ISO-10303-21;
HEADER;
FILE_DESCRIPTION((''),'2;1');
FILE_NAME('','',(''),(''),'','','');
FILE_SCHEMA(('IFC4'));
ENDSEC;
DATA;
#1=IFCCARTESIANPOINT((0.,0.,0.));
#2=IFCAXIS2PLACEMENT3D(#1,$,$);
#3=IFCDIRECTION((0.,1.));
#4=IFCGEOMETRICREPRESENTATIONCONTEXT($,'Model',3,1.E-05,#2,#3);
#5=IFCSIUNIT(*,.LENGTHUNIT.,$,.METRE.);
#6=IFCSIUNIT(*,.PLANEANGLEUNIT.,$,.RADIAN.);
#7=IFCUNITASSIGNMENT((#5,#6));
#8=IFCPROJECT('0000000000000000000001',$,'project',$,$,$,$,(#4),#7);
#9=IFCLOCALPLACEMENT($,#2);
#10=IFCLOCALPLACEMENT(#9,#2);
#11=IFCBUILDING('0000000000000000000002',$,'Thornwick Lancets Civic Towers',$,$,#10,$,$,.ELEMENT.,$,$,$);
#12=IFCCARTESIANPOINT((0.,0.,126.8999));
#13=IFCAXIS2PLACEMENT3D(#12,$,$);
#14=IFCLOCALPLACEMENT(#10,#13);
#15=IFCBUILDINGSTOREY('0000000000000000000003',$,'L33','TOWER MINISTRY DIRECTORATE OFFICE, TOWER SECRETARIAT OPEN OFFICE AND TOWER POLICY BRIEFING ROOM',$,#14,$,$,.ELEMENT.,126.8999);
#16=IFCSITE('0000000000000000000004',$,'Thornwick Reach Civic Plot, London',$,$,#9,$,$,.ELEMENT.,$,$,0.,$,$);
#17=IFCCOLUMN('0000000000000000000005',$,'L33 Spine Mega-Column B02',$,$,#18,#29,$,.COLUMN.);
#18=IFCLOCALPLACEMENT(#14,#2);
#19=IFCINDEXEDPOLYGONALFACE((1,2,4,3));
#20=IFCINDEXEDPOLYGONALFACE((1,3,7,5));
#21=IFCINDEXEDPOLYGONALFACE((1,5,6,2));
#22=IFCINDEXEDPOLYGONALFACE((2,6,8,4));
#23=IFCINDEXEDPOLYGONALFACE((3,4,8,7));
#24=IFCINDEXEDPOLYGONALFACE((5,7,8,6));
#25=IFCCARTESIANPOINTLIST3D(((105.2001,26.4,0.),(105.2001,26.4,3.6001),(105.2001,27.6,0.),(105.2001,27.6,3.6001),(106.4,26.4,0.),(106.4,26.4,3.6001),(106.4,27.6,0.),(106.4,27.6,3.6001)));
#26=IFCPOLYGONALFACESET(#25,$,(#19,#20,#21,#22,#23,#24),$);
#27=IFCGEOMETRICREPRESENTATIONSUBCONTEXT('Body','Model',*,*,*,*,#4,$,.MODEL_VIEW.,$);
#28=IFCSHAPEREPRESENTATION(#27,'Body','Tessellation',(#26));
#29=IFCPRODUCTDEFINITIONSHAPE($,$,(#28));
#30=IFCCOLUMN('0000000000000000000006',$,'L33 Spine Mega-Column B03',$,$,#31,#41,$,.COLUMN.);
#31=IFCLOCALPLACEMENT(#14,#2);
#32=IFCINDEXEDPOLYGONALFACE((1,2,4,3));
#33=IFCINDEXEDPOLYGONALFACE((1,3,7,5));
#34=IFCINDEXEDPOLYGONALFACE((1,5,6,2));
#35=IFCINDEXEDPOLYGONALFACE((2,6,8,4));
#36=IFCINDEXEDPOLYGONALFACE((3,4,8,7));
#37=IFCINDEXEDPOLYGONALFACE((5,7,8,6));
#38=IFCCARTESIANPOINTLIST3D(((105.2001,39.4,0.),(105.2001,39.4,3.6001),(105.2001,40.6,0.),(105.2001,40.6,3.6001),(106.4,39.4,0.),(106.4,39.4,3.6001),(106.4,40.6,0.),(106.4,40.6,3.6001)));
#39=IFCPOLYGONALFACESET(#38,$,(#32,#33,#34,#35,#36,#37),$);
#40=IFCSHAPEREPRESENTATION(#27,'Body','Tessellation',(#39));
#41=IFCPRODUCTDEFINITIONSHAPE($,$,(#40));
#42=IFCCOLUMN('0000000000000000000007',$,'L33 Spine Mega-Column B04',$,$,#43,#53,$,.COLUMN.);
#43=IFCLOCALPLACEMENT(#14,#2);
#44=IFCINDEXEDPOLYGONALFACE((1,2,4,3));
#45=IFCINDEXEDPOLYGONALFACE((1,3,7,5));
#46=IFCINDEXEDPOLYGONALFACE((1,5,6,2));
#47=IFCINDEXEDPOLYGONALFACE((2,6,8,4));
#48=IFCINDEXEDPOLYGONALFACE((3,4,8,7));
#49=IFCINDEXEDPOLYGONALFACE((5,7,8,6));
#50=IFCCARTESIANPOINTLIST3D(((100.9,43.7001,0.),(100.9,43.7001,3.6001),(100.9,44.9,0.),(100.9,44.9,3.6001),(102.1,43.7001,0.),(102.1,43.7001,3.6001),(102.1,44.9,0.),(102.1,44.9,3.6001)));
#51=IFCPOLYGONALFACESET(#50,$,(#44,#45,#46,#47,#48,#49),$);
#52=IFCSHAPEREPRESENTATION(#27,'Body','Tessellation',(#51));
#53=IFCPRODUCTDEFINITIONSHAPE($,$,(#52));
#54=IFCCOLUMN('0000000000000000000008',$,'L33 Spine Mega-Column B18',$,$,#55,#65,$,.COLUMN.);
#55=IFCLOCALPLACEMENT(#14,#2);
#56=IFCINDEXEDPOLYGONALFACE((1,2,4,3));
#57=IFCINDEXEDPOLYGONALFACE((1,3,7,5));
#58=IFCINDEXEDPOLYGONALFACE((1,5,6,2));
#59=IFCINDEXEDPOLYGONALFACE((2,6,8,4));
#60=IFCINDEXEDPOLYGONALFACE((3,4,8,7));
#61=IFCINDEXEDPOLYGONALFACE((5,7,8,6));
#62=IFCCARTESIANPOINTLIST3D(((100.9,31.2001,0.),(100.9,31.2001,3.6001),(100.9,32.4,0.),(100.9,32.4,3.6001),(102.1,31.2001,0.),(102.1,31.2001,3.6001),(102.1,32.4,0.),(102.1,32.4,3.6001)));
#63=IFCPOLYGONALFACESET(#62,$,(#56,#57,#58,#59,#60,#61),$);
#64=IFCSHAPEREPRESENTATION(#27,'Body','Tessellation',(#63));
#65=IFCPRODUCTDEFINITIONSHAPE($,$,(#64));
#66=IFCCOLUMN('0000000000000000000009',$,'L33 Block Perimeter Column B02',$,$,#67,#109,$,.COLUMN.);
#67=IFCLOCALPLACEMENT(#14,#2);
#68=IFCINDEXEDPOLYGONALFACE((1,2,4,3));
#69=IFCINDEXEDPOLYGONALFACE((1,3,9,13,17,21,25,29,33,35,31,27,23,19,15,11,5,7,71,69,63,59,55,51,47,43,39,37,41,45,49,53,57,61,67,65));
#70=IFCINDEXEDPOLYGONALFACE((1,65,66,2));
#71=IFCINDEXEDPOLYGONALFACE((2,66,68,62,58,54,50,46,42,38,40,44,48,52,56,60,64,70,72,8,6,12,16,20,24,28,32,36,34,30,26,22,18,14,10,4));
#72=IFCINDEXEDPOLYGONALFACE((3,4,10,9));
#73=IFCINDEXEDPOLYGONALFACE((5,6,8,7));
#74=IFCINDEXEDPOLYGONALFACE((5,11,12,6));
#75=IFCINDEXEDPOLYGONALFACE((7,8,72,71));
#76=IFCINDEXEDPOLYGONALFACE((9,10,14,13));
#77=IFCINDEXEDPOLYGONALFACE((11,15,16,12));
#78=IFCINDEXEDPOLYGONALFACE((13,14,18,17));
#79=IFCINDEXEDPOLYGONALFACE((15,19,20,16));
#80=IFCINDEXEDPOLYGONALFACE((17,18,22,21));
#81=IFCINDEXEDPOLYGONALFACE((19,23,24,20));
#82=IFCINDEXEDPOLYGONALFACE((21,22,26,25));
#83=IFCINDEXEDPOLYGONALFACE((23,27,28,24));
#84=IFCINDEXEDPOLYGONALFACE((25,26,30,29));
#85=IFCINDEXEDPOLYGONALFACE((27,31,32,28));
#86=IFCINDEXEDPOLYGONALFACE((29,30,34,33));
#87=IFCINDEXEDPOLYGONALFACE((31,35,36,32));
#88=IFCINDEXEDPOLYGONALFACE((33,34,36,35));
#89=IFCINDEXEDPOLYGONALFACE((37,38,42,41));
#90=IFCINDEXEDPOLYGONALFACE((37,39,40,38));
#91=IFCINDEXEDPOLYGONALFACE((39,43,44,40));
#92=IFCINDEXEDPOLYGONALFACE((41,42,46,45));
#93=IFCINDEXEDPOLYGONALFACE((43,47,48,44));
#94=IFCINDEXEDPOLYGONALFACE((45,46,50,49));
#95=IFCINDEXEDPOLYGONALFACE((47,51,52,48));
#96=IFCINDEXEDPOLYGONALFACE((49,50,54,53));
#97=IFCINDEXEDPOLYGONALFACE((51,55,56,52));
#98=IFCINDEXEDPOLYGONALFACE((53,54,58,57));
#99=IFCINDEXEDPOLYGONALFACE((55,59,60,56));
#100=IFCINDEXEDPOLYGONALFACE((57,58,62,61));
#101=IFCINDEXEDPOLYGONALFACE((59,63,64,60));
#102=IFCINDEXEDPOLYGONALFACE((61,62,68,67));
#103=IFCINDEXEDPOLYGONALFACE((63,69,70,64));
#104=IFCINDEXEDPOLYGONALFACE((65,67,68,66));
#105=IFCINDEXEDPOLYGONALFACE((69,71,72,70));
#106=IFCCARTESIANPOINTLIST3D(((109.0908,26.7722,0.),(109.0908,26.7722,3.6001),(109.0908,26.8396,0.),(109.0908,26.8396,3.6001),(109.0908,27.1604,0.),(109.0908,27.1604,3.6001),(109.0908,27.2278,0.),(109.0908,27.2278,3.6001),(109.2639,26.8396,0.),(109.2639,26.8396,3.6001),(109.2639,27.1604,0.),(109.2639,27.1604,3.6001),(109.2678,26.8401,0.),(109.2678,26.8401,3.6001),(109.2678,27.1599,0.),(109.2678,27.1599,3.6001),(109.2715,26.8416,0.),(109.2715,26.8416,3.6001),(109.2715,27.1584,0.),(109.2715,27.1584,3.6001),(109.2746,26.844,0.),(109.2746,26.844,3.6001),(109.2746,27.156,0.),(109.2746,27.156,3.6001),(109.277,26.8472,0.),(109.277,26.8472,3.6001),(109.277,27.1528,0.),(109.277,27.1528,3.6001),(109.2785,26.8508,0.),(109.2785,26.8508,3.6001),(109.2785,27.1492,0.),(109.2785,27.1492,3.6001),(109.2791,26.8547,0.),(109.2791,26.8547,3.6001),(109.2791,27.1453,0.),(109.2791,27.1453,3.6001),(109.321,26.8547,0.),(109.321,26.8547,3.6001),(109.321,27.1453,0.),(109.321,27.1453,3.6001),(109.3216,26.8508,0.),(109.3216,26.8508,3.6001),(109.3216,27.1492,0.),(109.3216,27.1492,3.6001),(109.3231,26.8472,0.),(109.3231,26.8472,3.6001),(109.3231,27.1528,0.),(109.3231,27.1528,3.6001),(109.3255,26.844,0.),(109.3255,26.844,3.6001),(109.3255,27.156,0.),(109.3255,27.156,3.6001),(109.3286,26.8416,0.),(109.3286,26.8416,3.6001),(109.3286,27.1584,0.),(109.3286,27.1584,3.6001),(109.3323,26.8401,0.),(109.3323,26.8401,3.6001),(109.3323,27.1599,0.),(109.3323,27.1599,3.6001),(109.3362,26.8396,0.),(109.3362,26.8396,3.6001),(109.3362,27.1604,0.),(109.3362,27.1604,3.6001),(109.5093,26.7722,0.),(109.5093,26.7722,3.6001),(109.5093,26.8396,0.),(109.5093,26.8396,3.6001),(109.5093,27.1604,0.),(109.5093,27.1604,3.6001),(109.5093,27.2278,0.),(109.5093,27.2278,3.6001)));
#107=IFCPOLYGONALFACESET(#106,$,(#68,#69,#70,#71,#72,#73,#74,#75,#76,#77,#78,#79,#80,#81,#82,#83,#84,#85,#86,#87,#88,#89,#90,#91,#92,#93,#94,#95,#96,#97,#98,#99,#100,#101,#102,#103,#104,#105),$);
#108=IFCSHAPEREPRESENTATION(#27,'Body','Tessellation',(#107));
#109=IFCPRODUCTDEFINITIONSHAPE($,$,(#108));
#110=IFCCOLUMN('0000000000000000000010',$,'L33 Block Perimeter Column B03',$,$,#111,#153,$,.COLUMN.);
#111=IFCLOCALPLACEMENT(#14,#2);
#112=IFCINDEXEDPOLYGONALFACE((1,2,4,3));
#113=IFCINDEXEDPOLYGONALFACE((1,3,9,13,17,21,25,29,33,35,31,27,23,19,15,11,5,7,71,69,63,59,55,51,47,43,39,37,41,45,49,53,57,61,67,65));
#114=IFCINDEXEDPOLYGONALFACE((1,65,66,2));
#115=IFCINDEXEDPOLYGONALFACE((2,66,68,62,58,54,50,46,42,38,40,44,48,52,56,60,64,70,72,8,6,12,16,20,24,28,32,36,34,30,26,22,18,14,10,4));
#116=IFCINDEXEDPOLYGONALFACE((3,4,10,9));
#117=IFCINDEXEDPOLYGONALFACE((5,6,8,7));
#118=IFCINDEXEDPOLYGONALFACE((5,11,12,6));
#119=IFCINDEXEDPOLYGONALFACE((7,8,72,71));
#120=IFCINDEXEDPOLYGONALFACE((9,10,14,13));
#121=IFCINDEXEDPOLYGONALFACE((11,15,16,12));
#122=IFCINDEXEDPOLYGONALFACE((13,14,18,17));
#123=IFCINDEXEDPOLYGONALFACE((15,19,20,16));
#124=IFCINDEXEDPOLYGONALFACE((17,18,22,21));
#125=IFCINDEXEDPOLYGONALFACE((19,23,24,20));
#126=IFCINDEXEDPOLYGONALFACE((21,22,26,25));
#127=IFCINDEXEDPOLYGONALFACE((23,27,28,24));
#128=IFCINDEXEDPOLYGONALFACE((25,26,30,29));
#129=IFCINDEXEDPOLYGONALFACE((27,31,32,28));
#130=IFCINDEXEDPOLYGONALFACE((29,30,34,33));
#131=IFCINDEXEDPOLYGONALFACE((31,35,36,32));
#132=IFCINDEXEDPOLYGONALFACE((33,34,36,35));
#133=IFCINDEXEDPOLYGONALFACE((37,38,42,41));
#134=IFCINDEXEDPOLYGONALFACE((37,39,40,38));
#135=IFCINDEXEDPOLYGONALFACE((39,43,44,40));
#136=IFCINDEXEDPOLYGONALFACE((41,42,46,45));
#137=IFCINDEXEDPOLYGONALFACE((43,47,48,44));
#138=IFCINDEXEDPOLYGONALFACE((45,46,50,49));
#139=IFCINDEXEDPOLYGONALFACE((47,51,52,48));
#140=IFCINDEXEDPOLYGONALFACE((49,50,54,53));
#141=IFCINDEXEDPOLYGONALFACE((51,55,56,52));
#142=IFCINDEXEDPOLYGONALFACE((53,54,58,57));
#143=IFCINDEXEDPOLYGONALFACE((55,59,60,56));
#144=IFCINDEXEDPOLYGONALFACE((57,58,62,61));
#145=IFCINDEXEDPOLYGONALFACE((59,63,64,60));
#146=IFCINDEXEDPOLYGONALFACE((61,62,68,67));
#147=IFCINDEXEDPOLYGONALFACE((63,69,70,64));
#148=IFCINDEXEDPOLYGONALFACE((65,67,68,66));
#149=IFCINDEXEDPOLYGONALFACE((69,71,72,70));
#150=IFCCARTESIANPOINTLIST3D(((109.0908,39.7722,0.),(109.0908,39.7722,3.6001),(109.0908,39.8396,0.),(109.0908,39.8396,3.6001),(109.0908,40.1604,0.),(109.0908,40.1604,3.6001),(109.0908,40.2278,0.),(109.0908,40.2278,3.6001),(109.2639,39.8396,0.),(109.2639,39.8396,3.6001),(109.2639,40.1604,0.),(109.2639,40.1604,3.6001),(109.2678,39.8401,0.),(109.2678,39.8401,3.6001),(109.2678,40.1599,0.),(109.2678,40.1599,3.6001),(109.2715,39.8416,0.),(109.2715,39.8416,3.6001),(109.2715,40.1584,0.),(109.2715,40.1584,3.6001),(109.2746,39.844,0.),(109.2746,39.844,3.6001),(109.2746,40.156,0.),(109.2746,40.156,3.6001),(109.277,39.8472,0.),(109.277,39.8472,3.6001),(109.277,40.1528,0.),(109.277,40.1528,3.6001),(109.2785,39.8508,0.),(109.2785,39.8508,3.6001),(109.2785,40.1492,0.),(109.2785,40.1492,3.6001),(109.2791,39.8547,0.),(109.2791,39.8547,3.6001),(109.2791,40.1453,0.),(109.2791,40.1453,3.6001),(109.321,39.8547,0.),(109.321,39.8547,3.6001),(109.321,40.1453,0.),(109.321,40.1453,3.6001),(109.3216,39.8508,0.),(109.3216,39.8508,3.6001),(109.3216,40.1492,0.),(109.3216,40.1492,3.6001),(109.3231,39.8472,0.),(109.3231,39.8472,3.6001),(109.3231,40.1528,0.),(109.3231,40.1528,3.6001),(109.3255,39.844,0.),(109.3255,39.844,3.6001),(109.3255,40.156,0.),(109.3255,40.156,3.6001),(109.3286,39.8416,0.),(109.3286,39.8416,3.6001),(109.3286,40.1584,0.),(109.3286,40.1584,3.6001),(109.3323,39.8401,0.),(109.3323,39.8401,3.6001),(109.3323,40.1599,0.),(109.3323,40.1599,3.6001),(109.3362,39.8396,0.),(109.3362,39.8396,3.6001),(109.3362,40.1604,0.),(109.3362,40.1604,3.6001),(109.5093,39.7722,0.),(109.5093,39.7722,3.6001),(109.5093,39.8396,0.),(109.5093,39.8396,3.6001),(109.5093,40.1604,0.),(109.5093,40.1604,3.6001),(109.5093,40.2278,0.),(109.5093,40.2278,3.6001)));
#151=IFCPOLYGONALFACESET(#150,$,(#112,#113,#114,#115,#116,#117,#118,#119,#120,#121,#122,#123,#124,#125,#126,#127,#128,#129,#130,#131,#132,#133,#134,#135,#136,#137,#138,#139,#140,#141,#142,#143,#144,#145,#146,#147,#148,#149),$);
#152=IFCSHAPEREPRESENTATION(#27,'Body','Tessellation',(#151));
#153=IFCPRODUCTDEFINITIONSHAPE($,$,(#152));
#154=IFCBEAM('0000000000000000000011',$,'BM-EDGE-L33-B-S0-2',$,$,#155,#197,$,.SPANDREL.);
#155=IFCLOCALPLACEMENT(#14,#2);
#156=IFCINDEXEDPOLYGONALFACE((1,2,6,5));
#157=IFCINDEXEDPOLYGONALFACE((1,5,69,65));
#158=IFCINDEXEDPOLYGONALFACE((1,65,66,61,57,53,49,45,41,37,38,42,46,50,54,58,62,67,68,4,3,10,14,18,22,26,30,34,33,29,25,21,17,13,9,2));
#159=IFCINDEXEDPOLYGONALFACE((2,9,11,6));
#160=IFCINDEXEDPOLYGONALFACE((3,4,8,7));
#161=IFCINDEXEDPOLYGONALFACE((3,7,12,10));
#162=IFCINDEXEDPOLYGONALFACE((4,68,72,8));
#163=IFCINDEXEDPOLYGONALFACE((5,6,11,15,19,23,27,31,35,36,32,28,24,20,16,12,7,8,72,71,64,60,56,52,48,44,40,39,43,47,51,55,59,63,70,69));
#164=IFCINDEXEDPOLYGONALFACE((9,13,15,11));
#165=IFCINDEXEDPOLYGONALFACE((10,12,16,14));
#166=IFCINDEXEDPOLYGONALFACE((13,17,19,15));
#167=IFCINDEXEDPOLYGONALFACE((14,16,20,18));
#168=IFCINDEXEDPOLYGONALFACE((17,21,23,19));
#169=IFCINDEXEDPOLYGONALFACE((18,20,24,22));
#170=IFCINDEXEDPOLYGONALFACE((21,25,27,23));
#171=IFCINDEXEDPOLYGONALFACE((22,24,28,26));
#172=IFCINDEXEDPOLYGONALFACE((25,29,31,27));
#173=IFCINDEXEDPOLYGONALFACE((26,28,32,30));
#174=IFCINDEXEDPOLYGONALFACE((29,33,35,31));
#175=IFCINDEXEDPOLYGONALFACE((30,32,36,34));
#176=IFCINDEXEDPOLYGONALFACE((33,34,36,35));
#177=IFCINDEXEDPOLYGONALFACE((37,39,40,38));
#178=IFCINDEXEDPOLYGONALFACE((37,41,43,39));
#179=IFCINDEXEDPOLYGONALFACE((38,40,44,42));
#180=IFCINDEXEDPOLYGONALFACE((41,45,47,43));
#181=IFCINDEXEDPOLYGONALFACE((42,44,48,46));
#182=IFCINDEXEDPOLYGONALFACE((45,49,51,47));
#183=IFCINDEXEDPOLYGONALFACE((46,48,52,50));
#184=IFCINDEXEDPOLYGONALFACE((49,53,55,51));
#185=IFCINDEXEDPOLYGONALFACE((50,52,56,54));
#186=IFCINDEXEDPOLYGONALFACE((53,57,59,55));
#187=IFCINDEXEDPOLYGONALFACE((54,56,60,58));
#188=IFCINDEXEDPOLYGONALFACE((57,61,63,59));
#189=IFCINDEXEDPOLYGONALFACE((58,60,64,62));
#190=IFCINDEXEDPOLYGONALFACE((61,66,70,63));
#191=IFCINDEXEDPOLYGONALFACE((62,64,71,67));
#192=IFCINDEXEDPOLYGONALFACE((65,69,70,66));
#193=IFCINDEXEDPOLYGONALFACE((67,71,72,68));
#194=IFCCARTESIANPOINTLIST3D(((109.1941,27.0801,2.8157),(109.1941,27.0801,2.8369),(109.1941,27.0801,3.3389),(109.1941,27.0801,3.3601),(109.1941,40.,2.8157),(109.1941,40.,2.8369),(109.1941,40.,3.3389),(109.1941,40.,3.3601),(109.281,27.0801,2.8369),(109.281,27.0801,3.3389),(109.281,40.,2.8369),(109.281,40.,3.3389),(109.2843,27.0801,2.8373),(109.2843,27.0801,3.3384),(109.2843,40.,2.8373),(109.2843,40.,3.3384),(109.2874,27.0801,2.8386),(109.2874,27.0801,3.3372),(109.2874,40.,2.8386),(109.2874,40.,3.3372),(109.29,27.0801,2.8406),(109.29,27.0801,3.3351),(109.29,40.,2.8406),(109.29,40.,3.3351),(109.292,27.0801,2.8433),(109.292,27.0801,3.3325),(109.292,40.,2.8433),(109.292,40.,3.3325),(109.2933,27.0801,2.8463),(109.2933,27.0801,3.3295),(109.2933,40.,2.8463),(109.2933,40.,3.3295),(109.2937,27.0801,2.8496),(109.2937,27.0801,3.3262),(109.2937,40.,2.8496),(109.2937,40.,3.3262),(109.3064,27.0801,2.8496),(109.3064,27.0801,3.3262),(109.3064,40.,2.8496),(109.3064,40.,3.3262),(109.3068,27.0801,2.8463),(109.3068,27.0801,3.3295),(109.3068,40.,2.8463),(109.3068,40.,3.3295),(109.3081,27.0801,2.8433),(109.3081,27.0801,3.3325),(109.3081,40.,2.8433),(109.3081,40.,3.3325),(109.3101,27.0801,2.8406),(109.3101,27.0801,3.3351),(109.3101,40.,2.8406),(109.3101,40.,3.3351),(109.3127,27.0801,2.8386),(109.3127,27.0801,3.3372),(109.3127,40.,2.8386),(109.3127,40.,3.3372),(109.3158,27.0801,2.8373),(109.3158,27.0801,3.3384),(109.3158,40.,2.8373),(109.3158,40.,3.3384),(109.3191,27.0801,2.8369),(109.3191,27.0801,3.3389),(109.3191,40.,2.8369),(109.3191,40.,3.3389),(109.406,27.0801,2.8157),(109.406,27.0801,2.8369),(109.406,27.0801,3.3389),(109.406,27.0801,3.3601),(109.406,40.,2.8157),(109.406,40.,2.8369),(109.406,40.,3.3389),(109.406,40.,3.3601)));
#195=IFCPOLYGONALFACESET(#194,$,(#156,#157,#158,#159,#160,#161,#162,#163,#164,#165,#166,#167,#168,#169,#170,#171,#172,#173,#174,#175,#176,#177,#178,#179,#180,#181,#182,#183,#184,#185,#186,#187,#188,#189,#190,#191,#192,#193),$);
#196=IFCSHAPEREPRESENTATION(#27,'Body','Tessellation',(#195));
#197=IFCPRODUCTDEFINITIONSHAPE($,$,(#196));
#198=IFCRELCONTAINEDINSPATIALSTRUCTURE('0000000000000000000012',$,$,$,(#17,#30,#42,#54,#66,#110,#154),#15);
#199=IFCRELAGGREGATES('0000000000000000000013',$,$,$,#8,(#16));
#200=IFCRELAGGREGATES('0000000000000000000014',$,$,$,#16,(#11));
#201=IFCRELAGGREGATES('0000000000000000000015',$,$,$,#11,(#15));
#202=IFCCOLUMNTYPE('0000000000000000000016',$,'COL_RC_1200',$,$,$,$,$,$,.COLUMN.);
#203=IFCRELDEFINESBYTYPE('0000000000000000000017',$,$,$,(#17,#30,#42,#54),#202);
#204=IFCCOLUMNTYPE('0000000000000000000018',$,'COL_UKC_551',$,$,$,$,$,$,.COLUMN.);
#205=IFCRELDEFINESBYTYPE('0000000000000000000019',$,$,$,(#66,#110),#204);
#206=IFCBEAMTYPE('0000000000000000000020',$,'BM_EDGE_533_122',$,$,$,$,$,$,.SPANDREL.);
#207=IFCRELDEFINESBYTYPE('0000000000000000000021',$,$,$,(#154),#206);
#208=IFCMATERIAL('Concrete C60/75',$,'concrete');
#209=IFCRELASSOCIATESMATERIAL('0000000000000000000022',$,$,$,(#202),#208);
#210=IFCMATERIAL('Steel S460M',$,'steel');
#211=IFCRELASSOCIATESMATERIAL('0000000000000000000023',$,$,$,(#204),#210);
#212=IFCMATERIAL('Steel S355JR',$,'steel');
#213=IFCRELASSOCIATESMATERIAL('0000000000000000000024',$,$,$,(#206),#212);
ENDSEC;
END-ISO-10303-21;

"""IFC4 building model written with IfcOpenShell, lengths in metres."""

from ifc_helpers import new_model, si_unit, direction, frame, origin, origin_2d, place, context, subcontext, project, spatial, rectangle, i_section, extrude, material, material_profile, profile_set, type_object, element, save


model = new_model("IFC4")

# Units and contexts
model_context = context("Model", 3, precision=1e-05, world=origin(), true_north=direction((0.0, 1.0)))
body_context = subcontext(model_context, "Body", "Model", "MODEL_VIEW")
ifc_project = project(units=[si_unit("LENGTHUNIT", "METRE"), si_unit("PLANEANGLEUNIT", "RADIAN")], contexts=[model_context])

# Site, building, storey
site_placement = place(None, origin())
site = spatial("IfcSite", under=ifc_project, at=site_placement, Name="Thornwick Reach Civic Plot, London", CompositionType="ELEMENT", RefElevation=0.0)
building_placement = place(site_placement, origin())
building = spatial("IfcBuilding", under=site, at=building_placement, Name="Thornwick Lancets Civic Towers", CompositionType="ELEMENT")
storey_placement = place(building_placement, frame((0.0, 0.0, 126.8999)))
storey = spatial("IfcBuildingStorey", under=building, at=storey_placement, Name="L33", Description="TOWER MINISTRY DIRECTORATE OFFICE, TOWER SECRETARIAT OPEN OFFICE AND TOWER POLICY BRIEFING ROOM", CompositionType="ELEMENT", Elevation=126.8999)

# Columns
ifc_material_1 = material(Name="Concrete C60/75", Category="concrete")
ifc_material_profile_1 = material_profile(ifc_material_1, rectangle(XDim=1.2, YDim=1.2, at=origin_2d()), Name="RC 1200x1200")
ifc_profile_set_1 = profile_set([ifc_material_profile_1], Name="Concrete C60/75")
column_type_1 = type_object("IfcColumnType", Name="COL_RC_1200", PredefinedType="COLUMN", material=ifc_profile_set_1)
for number, where, z_axis, x_axis, name in (
    (1, (105.8, 27.0, 0.0), (0.0, 0.0, 1.0), (1.0, 0.0, 0.0), "L33 Spine Mega-Column B02"),
    (2, (105.8, 40.0, 0.0), (0.0, 0.0, 1.0), (1.0, 0.0, 0.0), "L33 Spine Mega-Column B03"),
    (3, (101.5, 44.3, 0.0), (0.0, 0.0, 1.0), (1.0, 0.0, 0.0), "L33 Spine Mega-Column B04"),
    (4, (101.5, 31.8, 0.0), (0.0, 0.0, 1.0), (1.0, 0.0, 0.0), "L33 Spine Mega-Column B18"),
):
    element("IfcColumn", number, at=place(storey_placement, frame(where, z_axis=z_axis, x_axis=x_axis)), inside=storey, type_object=column_type_1, Name=name, PredefinedType="COLUMN", context=body_context, shape_type="SweptSolid", body=[
        extrude(rectangle(XDim=1.2, YDim=1.2, at=origin_2d()), origin(), (0.0, 0.0, 1.0), 3.6001),
    ])
ifc_material_2 = material(Name="Steel S460M", Category="steel")
ifc_material_profile_2 = material_profile(ifc_material_2, i_section(OverallWidth=0.4185, OverallDepth=0.4556, WebThickness=0.042, FlangeThickness=0.0674, FilletRadius=0.0151, at=origin_2d()), Name="UKC 356x406x551")
ifc_profile_set_2 = profile_set([ifc_material_profile_2], Name="Steel S460M")
column_type_2 = type_object("IfcColumnType", Name="COL_UKC_551", PredefinedType="COLUMN", material=ifc_profile_set_2)
for number, where, z_axis, x_axis, name in (
    (5, (109.3, 27.0, 0.0), (0.0, 0.0, 1.0), (1.0, 0.0, 0.0), "L33 Block Perimeter Column B02"),
    (6, (109.3, 40.0, 0.0), (0.0, 0.0, 1.0), (1.0, 0.0, 0.0), "L33 Block Perimeter Column B03"),
):
    element("IfcColumn", number, at=place(storey_placement, frame(where, z_axis=z_axis, x_axis=x_axis)), inside=storey, type_object=column_type_2, Name=name, PredefinedType="COLUMN", context=body_context, shape_type="SweptSolid", body=[
        extrude(i_section(OverallWidth=0.4185, OverallDepth=0.4556, WebThickness=0.042, FlangeThickness=0.0674, FilletRadius=0.0151, at=origin_2d()), origin(), (0.0, 0.0, 1.0), 3.6001),
    ])

# Beam
ifc_material_3 = material(Name="Steel S355JR", Category="steel")
ifc_material_profile_3 = material_profile(ifc_material_3, i_section(OverallWidth=0.2119, OverallDepth=0.5444, WebThickness=0.0127, FlangeThickness=0.0212, FilletRadius=0.0127, at=origin_2d()), Name="UKB 533x210x122")
ifc_profile_set_3 = profile_set([ifc_material_profile_3], Name="Steel S355JR")
beam_type_1 = type_object("IfcBeamType", Name="BM_EDGE_533_122", PredefinedType="SPANDREL", material=ifc_profile_set_3)
beam_1_placement = place(storey_placement, frame((109.3, 27.0801, 3.0879), z_axis=(0.0, 1.0, 0.0), x_axis=(-1.0, 0.0, 0.0)))
element("IfcBeam", 7, at=beam_1_placement, inside=storey, type_object=beam_type_1, Name="BM-EDGE-L33-B-S0-2", PredefinedType="SPANDREL", context=body_context, shape_type="SweptSolid", body=[
    extrude(i_section(OverallWidth=0.2119, OverallDepth=0.5444, WebThickness=0.0127, FlangeThickness=0.0212, FilletRadius=0.0127, at=origin_2d()), origin(), (0.0, 0.0, 1.0), 12.9199),
])

save(model, "model.ifc")
